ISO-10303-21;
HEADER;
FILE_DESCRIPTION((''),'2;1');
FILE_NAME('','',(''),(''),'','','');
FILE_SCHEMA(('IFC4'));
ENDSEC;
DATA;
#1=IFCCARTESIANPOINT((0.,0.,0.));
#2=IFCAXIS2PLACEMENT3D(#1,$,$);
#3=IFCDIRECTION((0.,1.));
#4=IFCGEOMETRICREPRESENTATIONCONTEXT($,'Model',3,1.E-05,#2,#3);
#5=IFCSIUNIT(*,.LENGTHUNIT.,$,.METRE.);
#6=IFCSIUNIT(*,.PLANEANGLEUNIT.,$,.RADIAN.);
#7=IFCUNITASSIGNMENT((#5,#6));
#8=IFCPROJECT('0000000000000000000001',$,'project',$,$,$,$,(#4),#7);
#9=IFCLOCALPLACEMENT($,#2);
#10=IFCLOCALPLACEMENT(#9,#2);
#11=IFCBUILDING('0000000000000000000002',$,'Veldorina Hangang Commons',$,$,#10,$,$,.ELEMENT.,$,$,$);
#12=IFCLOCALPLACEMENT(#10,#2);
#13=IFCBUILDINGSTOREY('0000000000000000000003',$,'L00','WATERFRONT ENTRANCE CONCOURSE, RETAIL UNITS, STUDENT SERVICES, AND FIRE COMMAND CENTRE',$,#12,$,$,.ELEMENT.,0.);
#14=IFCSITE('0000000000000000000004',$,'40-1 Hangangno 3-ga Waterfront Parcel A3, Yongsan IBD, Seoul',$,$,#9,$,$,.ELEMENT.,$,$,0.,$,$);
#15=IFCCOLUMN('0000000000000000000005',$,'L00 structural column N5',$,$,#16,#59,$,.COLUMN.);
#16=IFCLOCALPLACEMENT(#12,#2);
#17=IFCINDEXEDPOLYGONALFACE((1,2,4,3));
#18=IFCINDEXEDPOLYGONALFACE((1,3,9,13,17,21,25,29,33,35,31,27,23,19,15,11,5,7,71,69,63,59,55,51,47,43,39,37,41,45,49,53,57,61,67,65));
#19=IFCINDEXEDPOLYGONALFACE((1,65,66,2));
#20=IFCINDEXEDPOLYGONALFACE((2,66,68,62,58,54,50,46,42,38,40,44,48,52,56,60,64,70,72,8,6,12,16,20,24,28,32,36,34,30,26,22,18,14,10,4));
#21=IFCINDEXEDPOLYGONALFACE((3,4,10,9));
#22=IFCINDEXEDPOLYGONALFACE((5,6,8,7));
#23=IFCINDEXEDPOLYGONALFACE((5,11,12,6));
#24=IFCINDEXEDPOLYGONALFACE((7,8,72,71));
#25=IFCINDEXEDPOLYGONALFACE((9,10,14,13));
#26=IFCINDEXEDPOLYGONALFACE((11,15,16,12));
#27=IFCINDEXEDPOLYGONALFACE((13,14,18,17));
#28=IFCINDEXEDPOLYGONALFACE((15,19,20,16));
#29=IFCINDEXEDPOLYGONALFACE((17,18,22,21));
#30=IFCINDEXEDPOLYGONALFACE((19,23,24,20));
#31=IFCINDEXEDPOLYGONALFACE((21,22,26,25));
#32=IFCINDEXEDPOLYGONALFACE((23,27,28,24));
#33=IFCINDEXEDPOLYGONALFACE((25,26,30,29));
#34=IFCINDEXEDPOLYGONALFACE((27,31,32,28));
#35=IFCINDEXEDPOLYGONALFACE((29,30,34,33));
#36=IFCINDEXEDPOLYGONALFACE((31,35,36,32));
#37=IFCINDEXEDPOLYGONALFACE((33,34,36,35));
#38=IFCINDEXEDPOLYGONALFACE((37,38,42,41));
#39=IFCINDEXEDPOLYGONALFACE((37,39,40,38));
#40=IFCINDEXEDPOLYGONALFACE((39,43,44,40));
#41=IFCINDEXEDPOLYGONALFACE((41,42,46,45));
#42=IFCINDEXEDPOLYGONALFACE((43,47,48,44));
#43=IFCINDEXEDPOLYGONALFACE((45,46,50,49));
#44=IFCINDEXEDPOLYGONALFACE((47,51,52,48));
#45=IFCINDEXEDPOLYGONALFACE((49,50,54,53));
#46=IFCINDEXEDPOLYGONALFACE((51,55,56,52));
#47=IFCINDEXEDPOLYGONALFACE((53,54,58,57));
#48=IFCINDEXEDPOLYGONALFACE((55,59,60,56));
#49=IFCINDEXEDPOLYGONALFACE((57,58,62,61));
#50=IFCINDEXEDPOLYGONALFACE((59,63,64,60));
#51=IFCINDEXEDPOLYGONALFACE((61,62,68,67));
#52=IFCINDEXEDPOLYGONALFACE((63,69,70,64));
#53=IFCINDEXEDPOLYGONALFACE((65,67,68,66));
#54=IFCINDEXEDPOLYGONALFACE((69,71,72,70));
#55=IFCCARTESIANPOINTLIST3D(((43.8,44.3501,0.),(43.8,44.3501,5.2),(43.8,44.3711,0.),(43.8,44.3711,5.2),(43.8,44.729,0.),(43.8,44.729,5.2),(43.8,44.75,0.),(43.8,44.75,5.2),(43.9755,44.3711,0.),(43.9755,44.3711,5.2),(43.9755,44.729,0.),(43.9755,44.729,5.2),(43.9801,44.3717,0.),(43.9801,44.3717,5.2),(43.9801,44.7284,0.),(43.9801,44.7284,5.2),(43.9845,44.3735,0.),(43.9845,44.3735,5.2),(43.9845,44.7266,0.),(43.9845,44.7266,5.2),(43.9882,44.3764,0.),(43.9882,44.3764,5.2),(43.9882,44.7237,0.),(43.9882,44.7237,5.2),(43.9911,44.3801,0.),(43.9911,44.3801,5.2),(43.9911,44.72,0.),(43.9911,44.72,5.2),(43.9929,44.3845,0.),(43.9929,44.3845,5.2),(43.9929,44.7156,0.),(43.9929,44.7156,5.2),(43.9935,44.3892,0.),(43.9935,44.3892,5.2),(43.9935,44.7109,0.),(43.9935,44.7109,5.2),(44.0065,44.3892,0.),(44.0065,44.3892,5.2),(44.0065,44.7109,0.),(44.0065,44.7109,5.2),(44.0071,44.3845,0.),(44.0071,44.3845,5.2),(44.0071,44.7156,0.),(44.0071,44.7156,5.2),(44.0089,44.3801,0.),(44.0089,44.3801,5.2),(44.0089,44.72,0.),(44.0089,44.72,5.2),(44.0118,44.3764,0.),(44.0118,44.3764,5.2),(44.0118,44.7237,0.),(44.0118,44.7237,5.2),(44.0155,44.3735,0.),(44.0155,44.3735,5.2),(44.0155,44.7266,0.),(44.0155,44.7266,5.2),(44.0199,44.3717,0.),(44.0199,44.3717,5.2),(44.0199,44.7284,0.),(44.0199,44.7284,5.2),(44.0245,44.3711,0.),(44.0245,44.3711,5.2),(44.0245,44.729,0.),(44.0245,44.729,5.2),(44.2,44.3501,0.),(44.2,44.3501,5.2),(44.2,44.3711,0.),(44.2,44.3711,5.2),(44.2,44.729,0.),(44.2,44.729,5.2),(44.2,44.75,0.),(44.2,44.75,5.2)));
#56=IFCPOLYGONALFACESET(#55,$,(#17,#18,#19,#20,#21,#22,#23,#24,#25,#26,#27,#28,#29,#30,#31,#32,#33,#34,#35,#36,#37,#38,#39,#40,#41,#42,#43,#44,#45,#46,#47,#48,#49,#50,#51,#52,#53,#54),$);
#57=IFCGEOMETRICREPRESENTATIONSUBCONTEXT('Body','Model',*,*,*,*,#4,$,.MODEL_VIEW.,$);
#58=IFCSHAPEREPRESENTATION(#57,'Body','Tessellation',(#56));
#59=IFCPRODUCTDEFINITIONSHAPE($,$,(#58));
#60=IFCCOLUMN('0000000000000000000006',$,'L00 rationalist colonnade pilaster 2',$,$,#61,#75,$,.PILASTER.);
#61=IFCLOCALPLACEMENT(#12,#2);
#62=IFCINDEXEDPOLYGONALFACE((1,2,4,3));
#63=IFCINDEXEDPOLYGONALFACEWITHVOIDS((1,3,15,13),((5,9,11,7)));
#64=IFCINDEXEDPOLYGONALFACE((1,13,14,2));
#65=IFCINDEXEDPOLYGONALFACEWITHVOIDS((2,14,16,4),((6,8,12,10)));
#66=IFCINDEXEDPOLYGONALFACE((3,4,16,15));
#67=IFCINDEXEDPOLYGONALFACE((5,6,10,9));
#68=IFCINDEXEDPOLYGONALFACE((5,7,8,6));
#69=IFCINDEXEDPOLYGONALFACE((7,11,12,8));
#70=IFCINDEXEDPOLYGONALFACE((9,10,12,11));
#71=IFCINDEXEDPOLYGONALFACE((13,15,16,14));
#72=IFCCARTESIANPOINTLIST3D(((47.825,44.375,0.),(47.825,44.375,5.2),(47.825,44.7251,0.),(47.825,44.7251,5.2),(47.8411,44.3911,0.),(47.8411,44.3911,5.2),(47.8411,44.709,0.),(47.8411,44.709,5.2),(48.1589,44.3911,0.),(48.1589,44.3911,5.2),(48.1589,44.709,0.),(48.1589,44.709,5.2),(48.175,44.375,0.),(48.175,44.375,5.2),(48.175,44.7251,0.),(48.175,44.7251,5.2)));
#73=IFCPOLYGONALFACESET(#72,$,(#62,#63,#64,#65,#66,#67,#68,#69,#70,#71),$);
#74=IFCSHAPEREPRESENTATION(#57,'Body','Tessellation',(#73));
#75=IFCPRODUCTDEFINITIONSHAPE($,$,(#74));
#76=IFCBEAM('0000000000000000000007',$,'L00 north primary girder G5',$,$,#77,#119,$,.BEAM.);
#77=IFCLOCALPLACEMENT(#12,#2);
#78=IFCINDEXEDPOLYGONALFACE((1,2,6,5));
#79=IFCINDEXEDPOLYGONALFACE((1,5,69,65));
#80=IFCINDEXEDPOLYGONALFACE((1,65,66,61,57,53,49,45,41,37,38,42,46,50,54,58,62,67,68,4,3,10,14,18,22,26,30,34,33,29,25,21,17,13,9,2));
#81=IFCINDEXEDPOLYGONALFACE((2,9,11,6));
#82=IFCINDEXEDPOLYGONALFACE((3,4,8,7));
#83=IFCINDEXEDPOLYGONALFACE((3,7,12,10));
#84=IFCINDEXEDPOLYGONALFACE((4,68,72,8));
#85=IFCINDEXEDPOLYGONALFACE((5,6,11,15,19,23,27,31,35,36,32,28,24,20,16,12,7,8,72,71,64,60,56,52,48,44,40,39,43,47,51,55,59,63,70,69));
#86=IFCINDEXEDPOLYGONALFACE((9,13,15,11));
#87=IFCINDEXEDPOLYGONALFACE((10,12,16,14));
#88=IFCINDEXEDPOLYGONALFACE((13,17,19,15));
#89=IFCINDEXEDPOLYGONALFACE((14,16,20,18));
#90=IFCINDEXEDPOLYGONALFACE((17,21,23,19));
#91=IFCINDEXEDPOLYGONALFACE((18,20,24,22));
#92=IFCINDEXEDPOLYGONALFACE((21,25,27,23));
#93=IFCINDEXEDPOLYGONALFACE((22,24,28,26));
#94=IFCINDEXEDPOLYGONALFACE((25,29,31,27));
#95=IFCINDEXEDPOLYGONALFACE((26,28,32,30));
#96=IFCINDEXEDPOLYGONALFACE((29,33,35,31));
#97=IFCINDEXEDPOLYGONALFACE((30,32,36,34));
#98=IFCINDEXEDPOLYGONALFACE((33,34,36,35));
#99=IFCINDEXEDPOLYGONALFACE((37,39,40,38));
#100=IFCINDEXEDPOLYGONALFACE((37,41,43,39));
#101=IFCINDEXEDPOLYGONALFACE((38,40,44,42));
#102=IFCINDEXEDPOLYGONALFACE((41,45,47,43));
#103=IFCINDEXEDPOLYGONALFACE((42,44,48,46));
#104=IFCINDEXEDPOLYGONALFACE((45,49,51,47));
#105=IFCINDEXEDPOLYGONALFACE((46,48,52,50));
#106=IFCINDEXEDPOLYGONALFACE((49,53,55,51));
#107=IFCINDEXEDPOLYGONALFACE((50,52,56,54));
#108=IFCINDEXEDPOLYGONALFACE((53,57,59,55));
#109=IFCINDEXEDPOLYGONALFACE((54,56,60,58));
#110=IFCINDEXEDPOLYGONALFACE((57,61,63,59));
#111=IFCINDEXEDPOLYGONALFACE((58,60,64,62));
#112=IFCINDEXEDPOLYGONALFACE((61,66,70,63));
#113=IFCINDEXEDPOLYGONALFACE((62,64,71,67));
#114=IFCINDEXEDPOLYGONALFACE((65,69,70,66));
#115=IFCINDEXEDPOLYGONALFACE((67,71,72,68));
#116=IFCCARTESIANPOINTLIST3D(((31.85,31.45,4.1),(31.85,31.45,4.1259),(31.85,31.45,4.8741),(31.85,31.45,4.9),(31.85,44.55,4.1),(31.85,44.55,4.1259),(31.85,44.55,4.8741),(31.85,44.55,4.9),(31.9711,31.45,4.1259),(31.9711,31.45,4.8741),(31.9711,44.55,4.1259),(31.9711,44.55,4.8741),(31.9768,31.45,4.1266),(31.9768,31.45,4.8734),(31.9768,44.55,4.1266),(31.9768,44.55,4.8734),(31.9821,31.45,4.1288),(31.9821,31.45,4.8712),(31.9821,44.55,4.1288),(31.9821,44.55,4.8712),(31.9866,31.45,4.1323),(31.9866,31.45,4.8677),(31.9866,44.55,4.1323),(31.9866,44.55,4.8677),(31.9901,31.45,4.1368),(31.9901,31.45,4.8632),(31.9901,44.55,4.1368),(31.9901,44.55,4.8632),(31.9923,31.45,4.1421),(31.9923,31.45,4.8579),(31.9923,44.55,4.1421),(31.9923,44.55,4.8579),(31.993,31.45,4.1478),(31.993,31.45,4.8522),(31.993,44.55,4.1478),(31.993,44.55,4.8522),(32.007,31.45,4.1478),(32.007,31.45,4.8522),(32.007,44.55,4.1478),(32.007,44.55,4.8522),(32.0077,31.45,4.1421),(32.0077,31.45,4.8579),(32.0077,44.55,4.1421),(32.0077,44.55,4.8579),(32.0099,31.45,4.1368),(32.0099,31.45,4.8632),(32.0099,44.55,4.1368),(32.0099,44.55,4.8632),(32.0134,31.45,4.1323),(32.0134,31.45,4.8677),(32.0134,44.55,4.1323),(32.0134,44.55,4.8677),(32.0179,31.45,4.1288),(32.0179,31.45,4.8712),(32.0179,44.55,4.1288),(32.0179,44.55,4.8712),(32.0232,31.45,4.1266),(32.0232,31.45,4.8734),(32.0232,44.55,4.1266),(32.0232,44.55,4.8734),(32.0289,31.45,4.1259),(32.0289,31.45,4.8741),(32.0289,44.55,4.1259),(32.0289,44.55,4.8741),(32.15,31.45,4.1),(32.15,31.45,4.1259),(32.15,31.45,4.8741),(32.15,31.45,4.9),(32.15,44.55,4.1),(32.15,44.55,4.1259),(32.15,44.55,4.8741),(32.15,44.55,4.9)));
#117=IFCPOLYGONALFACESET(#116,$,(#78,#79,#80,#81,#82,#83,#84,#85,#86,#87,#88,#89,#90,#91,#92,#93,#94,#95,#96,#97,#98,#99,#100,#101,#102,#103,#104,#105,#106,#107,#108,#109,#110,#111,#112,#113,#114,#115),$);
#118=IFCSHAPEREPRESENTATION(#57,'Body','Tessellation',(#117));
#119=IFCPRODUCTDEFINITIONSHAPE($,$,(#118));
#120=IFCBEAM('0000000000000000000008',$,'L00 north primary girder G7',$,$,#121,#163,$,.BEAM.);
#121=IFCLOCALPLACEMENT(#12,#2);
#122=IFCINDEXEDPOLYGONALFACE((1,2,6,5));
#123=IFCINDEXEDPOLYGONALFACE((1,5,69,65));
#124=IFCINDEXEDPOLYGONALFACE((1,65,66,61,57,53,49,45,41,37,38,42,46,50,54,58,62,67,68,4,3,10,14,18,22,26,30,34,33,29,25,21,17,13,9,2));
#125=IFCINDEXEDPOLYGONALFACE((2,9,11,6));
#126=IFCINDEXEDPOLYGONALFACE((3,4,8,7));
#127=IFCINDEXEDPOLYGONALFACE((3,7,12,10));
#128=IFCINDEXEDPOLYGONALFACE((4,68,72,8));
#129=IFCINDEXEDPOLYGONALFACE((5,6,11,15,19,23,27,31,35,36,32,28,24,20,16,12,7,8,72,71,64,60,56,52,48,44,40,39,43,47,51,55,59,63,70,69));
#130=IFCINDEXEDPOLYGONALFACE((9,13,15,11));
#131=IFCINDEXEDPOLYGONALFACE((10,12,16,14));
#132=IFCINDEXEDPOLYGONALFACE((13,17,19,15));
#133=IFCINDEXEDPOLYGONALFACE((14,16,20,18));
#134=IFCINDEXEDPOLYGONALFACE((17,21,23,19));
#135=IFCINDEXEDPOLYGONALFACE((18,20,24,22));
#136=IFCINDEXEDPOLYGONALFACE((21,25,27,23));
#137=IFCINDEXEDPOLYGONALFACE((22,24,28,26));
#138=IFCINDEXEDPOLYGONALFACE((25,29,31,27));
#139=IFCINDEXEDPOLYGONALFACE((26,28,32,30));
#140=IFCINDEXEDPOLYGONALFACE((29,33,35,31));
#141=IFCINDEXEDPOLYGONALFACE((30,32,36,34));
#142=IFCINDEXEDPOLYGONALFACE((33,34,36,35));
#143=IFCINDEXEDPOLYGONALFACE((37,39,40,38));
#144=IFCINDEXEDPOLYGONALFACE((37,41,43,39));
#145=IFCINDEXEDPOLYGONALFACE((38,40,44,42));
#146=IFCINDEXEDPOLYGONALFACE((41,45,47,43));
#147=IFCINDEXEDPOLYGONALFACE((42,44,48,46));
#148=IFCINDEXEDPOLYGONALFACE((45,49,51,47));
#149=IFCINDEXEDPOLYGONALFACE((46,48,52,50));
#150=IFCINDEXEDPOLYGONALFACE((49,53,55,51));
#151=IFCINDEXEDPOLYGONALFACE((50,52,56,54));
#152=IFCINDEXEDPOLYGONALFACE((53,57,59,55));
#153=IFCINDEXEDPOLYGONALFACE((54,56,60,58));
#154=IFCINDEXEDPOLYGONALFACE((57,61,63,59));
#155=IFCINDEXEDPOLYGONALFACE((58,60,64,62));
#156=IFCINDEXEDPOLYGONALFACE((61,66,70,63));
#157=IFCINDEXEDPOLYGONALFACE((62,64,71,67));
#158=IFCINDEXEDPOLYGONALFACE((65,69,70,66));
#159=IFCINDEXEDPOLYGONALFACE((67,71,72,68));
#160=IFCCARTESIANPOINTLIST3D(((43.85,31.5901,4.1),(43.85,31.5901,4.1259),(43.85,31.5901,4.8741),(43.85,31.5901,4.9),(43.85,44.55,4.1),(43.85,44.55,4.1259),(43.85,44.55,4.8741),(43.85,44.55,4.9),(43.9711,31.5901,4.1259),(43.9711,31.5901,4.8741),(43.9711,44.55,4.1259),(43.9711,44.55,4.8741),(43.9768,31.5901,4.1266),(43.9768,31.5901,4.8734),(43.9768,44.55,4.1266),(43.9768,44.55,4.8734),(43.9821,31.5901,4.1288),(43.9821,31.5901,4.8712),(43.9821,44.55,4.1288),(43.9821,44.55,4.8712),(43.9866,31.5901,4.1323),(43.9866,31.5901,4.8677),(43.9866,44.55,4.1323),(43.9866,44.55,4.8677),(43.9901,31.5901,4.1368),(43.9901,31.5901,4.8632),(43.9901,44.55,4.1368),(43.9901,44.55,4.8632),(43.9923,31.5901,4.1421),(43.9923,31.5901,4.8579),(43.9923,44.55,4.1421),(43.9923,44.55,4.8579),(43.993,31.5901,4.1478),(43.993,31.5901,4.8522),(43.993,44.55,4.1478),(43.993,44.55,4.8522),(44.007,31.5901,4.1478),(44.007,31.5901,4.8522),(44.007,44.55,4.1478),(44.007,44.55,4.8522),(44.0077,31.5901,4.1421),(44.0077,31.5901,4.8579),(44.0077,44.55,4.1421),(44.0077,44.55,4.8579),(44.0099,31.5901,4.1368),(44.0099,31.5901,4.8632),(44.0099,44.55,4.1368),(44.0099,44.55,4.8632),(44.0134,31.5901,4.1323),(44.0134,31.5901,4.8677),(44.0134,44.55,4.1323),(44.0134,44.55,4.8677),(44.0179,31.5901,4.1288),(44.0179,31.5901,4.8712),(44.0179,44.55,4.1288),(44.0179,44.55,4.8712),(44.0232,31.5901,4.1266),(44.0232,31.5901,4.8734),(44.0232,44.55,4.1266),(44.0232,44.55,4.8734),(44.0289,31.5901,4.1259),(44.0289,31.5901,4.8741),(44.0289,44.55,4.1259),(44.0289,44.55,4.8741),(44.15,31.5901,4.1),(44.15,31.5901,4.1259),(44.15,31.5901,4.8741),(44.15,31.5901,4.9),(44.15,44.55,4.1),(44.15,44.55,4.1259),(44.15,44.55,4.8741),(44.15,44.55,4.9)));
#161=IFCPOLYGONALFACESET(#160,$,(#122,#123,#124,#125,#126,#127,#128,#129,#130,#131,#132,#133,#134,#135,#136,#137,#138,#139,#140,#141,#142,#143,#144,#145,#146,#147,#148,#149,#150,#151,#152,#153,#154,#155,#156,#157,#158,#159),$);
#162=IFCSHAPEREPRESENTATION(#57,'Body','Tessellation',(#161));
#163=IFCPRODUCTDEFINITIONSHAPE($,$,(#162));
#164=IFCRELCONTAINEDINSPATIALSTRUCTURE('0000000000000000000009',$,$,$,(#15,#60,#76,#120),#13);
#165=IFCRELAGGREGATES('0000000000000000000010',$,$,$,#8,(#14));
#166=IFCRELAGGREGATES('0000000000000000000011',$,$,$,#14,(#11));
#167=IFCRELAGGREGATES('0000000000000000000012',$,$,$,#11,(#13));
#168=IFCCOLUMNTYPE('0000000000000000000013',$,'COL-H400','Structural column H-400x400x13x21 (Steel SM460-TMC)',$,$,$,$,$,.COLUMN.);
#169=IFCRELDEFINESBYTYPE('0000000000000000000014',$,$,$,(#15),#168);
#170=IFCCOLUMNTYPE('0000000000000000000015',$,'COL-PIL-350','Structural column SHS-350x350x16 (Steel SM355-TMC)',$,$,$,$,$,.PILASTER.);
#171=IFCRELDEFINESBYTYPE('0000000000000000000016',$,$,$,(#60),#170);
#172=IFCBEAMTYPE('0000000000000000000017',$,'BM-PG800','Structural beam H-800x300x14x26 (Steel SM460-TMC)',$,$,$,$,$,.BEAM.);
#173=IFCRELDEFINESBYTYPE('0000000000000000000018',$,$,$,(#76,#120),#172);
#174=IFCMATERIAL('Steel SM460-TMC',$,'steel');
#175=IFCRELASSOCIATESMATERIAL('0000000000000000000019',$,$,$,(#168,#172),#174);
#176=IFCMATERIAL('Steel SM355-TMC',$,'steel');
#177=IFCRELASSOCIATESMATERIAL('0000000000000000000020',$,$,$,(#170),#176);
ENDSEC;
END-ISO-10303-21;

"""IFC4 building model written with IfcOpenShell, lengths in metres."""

from ifc_helpers import new_model, si_unit, direction, frame, origin, origin_2d, place, context, subcontext, project, spatial, hollow_rectangle, i_section, extrude, material, material_profile, profile_set, type_object, element, save


model = new_model("IFC4")

# Units and contexts
model_context = context("Model", 3, precision=1e-05, world=origin(), true_north=direction((0.0, 1.0)))
body_context = subcontext(model_context, "Body", "Model", "MODEL_VIEW")
ifc_project = project(units=[si_unit("LENGTHUNIT", "METRE"), si_unit("PLANEANGLEUNIT", "RADIAN")], contexts=[model_context])

# Site, building, storey
site_placement = place(None, origin())
site = spatial("IfcSite", under=ifc_project, at=site_placement, Name="40-1 Hangangno 3-ga Waterfront Parcel A3, Yongsan IBD, Seoul", CompositionType="ELEMENT", RefElevation=0.0)
building_placement = place(site_placement, origin())
building = spatial("IfcBuilding", under=site, at=building_placement, Name="Veldorina Hangang Commons", CompositionType="ELEMENT")
storey_placement = place(building_placement, origin())
storey = spatial("IfcBuildingStorey", under=building, at=storey_placement, Name="L00", Description="WATERFRONT ENTRANCE CONCOURSE, RETAIL UNITS, STUDENT SERVICES, AND FIRE COMMAND CENTRE", CompositionType="ELEMENT", Elevation=0.0)

# Columns
ifc_material_1 = material(Name="Steel SM460-TMC", Category="steel")
ifc_material_profile_1 = material_profile(ifc_material_1, i_section(OverallWidth=0.3999, OverallDepth=0.3999, WebThickness=0.0129, FlangeThickness=0.021, FilletRadius=0.0181, at=origin_2d()), Name="H-400x400x13x21")
ifc_profile_set_1 = profile_set([ifc_material_profile_1], Name="Steel SM460-TMC")
column_type_1 = type_object("IfcColumnType", Name="COL-H400", Description="Structural column H-400x400x13x21 (Steel SM460-TMC)", PredefinedType="COLUMN", material=ifc_profile_set_1)
column_1_placement = place(storey_placement, frame((44.0, 44.55, 0.0), z_axis=(0.0, 0.0, 1.0), x_axis=(1.0, 0.0, 0.0)))
element("IfcColumn", 1, at=column_1_placement, inside=storey, type_object=column_type_1, Name="L00 structural column N5", PredefinedType="COLUMN", context=body_context, shape_type="SweptSolid", body=[
    extrude(i_section(OverallWidth=0.3999, OverallDepth=0.3999, WebThickness=0.0129, FlangeThickness=0.021, FilletRadius=0.0181, at=origin_2d()), origin(), (0.0, 0.0, 1.0), 5.2),
])
ifc_material_2 = material(Name="Steel SM355-TMC", Category="steel")
ifc_material_profile_2 = material_profile(ifc_material_2, hollow_rectangle(XDim=0.3501, YDim=0.3501, WallThickness=0.0161, at=origin_2d()), Name="SHS-350x350x16")
ifc_profile_set_2 = profile_set([ifc_material_profile_2], Name="Steel SM355-TMC")
column_type_2 = type_object("IfcColumnType", Name="COL-PIL-350", Description="Structural column SHS-350x350x16 (Steel SM355-TMC)", PredefinedType="PILASTER", material=ifc_profile_set_2)
column_2_placement = place(storey_placement, frame((48.0, 44.55, 0.0), z_axis=(0.0, 0.0, 1.0), x_axis=(1.0, 0.0, 0.0)))
element("IfcColumn", 2, at=column_2_placement, inside=storey, type_object=column_type_2, Name="L00 rationalist colonnade pilaster 2", PredefinedType="PILASTER", context=body_context, shape_type="SweptSolid", body=[
    extrude(hollow_rectangle(XDim=0.3501, YDim=0.3501, WallThickness=0.0161, at=origin_2d()), origin(), (0.0, 0.0, 1.0), 5.2),
])

# Beams
ifc_material_profile_3 = material_profile(ifc_material_1, i_section(OverallWidth=0.3, OverallDepth=0.8, WebThickness=0.0139, FlangeThickness=0.0259, FilletRadius=0.022, at=origin_2d()), Name="H-800x300x14x26")
ifc_profile_set_3 = profile_set([ifc_material_profile_3], Name="Steel SM460-TMC")
beam_type_1 = type_object("IfcBeamType", Name="BM-PG800", Description="Structural beam H-800x300x14x26 (Steel SM460-TMC)", PredefinedType="BEAM", material=ifc_profile_set_3)
beam_1_placement = place(storey_placement, frame((32.0, 31.45, 4.5), z_axis=(0.0, 1.0, 0.0), x_axis=(-1.0, 0.0, 0.0)))
element("IfcBeam", 3, at=beam_1_placement, inside=storey, type_object=beam_type_1, Name="L00 north primary girder G5", PredefinedType="BEAM", context=body_context, shape_type="SweptSolid", body=[
    extrude(i_section(OverallWidth=0.3, OverallDepth=0.8, WebThickness=0.0139, FlangeThickness=0.0259, FilletRadius=0.022, at=origin_2d()), origin(), (0.0, 0.0, 1.0), 13.1001),
])
beam_2_placement = place(storey_placement, frame((44.0, 31.5901, 4.5), z_axis=(0.0, 1.0, 0.0), x_axis=(-1.0, 0.0, 0.0)))
element("IfcBeam", 4, at=beam_2_placement, inside=storey, type_object=beam_type_1, Name="L00 north primary girder G7", PredefinedType="BEAM", context=body_context, shape_type="SweptSolid", body=[
    extrude(i_section(OverallWidth=0.3, OverallDepth=0.8, WebThickness=0.0139, FlangeThickness=0.0259, FilletRadius=0.022, at=origin_2d()), origin(), (0.0, 0.0, 1.0), 12.96),
])

save(model, "model.ifc")
